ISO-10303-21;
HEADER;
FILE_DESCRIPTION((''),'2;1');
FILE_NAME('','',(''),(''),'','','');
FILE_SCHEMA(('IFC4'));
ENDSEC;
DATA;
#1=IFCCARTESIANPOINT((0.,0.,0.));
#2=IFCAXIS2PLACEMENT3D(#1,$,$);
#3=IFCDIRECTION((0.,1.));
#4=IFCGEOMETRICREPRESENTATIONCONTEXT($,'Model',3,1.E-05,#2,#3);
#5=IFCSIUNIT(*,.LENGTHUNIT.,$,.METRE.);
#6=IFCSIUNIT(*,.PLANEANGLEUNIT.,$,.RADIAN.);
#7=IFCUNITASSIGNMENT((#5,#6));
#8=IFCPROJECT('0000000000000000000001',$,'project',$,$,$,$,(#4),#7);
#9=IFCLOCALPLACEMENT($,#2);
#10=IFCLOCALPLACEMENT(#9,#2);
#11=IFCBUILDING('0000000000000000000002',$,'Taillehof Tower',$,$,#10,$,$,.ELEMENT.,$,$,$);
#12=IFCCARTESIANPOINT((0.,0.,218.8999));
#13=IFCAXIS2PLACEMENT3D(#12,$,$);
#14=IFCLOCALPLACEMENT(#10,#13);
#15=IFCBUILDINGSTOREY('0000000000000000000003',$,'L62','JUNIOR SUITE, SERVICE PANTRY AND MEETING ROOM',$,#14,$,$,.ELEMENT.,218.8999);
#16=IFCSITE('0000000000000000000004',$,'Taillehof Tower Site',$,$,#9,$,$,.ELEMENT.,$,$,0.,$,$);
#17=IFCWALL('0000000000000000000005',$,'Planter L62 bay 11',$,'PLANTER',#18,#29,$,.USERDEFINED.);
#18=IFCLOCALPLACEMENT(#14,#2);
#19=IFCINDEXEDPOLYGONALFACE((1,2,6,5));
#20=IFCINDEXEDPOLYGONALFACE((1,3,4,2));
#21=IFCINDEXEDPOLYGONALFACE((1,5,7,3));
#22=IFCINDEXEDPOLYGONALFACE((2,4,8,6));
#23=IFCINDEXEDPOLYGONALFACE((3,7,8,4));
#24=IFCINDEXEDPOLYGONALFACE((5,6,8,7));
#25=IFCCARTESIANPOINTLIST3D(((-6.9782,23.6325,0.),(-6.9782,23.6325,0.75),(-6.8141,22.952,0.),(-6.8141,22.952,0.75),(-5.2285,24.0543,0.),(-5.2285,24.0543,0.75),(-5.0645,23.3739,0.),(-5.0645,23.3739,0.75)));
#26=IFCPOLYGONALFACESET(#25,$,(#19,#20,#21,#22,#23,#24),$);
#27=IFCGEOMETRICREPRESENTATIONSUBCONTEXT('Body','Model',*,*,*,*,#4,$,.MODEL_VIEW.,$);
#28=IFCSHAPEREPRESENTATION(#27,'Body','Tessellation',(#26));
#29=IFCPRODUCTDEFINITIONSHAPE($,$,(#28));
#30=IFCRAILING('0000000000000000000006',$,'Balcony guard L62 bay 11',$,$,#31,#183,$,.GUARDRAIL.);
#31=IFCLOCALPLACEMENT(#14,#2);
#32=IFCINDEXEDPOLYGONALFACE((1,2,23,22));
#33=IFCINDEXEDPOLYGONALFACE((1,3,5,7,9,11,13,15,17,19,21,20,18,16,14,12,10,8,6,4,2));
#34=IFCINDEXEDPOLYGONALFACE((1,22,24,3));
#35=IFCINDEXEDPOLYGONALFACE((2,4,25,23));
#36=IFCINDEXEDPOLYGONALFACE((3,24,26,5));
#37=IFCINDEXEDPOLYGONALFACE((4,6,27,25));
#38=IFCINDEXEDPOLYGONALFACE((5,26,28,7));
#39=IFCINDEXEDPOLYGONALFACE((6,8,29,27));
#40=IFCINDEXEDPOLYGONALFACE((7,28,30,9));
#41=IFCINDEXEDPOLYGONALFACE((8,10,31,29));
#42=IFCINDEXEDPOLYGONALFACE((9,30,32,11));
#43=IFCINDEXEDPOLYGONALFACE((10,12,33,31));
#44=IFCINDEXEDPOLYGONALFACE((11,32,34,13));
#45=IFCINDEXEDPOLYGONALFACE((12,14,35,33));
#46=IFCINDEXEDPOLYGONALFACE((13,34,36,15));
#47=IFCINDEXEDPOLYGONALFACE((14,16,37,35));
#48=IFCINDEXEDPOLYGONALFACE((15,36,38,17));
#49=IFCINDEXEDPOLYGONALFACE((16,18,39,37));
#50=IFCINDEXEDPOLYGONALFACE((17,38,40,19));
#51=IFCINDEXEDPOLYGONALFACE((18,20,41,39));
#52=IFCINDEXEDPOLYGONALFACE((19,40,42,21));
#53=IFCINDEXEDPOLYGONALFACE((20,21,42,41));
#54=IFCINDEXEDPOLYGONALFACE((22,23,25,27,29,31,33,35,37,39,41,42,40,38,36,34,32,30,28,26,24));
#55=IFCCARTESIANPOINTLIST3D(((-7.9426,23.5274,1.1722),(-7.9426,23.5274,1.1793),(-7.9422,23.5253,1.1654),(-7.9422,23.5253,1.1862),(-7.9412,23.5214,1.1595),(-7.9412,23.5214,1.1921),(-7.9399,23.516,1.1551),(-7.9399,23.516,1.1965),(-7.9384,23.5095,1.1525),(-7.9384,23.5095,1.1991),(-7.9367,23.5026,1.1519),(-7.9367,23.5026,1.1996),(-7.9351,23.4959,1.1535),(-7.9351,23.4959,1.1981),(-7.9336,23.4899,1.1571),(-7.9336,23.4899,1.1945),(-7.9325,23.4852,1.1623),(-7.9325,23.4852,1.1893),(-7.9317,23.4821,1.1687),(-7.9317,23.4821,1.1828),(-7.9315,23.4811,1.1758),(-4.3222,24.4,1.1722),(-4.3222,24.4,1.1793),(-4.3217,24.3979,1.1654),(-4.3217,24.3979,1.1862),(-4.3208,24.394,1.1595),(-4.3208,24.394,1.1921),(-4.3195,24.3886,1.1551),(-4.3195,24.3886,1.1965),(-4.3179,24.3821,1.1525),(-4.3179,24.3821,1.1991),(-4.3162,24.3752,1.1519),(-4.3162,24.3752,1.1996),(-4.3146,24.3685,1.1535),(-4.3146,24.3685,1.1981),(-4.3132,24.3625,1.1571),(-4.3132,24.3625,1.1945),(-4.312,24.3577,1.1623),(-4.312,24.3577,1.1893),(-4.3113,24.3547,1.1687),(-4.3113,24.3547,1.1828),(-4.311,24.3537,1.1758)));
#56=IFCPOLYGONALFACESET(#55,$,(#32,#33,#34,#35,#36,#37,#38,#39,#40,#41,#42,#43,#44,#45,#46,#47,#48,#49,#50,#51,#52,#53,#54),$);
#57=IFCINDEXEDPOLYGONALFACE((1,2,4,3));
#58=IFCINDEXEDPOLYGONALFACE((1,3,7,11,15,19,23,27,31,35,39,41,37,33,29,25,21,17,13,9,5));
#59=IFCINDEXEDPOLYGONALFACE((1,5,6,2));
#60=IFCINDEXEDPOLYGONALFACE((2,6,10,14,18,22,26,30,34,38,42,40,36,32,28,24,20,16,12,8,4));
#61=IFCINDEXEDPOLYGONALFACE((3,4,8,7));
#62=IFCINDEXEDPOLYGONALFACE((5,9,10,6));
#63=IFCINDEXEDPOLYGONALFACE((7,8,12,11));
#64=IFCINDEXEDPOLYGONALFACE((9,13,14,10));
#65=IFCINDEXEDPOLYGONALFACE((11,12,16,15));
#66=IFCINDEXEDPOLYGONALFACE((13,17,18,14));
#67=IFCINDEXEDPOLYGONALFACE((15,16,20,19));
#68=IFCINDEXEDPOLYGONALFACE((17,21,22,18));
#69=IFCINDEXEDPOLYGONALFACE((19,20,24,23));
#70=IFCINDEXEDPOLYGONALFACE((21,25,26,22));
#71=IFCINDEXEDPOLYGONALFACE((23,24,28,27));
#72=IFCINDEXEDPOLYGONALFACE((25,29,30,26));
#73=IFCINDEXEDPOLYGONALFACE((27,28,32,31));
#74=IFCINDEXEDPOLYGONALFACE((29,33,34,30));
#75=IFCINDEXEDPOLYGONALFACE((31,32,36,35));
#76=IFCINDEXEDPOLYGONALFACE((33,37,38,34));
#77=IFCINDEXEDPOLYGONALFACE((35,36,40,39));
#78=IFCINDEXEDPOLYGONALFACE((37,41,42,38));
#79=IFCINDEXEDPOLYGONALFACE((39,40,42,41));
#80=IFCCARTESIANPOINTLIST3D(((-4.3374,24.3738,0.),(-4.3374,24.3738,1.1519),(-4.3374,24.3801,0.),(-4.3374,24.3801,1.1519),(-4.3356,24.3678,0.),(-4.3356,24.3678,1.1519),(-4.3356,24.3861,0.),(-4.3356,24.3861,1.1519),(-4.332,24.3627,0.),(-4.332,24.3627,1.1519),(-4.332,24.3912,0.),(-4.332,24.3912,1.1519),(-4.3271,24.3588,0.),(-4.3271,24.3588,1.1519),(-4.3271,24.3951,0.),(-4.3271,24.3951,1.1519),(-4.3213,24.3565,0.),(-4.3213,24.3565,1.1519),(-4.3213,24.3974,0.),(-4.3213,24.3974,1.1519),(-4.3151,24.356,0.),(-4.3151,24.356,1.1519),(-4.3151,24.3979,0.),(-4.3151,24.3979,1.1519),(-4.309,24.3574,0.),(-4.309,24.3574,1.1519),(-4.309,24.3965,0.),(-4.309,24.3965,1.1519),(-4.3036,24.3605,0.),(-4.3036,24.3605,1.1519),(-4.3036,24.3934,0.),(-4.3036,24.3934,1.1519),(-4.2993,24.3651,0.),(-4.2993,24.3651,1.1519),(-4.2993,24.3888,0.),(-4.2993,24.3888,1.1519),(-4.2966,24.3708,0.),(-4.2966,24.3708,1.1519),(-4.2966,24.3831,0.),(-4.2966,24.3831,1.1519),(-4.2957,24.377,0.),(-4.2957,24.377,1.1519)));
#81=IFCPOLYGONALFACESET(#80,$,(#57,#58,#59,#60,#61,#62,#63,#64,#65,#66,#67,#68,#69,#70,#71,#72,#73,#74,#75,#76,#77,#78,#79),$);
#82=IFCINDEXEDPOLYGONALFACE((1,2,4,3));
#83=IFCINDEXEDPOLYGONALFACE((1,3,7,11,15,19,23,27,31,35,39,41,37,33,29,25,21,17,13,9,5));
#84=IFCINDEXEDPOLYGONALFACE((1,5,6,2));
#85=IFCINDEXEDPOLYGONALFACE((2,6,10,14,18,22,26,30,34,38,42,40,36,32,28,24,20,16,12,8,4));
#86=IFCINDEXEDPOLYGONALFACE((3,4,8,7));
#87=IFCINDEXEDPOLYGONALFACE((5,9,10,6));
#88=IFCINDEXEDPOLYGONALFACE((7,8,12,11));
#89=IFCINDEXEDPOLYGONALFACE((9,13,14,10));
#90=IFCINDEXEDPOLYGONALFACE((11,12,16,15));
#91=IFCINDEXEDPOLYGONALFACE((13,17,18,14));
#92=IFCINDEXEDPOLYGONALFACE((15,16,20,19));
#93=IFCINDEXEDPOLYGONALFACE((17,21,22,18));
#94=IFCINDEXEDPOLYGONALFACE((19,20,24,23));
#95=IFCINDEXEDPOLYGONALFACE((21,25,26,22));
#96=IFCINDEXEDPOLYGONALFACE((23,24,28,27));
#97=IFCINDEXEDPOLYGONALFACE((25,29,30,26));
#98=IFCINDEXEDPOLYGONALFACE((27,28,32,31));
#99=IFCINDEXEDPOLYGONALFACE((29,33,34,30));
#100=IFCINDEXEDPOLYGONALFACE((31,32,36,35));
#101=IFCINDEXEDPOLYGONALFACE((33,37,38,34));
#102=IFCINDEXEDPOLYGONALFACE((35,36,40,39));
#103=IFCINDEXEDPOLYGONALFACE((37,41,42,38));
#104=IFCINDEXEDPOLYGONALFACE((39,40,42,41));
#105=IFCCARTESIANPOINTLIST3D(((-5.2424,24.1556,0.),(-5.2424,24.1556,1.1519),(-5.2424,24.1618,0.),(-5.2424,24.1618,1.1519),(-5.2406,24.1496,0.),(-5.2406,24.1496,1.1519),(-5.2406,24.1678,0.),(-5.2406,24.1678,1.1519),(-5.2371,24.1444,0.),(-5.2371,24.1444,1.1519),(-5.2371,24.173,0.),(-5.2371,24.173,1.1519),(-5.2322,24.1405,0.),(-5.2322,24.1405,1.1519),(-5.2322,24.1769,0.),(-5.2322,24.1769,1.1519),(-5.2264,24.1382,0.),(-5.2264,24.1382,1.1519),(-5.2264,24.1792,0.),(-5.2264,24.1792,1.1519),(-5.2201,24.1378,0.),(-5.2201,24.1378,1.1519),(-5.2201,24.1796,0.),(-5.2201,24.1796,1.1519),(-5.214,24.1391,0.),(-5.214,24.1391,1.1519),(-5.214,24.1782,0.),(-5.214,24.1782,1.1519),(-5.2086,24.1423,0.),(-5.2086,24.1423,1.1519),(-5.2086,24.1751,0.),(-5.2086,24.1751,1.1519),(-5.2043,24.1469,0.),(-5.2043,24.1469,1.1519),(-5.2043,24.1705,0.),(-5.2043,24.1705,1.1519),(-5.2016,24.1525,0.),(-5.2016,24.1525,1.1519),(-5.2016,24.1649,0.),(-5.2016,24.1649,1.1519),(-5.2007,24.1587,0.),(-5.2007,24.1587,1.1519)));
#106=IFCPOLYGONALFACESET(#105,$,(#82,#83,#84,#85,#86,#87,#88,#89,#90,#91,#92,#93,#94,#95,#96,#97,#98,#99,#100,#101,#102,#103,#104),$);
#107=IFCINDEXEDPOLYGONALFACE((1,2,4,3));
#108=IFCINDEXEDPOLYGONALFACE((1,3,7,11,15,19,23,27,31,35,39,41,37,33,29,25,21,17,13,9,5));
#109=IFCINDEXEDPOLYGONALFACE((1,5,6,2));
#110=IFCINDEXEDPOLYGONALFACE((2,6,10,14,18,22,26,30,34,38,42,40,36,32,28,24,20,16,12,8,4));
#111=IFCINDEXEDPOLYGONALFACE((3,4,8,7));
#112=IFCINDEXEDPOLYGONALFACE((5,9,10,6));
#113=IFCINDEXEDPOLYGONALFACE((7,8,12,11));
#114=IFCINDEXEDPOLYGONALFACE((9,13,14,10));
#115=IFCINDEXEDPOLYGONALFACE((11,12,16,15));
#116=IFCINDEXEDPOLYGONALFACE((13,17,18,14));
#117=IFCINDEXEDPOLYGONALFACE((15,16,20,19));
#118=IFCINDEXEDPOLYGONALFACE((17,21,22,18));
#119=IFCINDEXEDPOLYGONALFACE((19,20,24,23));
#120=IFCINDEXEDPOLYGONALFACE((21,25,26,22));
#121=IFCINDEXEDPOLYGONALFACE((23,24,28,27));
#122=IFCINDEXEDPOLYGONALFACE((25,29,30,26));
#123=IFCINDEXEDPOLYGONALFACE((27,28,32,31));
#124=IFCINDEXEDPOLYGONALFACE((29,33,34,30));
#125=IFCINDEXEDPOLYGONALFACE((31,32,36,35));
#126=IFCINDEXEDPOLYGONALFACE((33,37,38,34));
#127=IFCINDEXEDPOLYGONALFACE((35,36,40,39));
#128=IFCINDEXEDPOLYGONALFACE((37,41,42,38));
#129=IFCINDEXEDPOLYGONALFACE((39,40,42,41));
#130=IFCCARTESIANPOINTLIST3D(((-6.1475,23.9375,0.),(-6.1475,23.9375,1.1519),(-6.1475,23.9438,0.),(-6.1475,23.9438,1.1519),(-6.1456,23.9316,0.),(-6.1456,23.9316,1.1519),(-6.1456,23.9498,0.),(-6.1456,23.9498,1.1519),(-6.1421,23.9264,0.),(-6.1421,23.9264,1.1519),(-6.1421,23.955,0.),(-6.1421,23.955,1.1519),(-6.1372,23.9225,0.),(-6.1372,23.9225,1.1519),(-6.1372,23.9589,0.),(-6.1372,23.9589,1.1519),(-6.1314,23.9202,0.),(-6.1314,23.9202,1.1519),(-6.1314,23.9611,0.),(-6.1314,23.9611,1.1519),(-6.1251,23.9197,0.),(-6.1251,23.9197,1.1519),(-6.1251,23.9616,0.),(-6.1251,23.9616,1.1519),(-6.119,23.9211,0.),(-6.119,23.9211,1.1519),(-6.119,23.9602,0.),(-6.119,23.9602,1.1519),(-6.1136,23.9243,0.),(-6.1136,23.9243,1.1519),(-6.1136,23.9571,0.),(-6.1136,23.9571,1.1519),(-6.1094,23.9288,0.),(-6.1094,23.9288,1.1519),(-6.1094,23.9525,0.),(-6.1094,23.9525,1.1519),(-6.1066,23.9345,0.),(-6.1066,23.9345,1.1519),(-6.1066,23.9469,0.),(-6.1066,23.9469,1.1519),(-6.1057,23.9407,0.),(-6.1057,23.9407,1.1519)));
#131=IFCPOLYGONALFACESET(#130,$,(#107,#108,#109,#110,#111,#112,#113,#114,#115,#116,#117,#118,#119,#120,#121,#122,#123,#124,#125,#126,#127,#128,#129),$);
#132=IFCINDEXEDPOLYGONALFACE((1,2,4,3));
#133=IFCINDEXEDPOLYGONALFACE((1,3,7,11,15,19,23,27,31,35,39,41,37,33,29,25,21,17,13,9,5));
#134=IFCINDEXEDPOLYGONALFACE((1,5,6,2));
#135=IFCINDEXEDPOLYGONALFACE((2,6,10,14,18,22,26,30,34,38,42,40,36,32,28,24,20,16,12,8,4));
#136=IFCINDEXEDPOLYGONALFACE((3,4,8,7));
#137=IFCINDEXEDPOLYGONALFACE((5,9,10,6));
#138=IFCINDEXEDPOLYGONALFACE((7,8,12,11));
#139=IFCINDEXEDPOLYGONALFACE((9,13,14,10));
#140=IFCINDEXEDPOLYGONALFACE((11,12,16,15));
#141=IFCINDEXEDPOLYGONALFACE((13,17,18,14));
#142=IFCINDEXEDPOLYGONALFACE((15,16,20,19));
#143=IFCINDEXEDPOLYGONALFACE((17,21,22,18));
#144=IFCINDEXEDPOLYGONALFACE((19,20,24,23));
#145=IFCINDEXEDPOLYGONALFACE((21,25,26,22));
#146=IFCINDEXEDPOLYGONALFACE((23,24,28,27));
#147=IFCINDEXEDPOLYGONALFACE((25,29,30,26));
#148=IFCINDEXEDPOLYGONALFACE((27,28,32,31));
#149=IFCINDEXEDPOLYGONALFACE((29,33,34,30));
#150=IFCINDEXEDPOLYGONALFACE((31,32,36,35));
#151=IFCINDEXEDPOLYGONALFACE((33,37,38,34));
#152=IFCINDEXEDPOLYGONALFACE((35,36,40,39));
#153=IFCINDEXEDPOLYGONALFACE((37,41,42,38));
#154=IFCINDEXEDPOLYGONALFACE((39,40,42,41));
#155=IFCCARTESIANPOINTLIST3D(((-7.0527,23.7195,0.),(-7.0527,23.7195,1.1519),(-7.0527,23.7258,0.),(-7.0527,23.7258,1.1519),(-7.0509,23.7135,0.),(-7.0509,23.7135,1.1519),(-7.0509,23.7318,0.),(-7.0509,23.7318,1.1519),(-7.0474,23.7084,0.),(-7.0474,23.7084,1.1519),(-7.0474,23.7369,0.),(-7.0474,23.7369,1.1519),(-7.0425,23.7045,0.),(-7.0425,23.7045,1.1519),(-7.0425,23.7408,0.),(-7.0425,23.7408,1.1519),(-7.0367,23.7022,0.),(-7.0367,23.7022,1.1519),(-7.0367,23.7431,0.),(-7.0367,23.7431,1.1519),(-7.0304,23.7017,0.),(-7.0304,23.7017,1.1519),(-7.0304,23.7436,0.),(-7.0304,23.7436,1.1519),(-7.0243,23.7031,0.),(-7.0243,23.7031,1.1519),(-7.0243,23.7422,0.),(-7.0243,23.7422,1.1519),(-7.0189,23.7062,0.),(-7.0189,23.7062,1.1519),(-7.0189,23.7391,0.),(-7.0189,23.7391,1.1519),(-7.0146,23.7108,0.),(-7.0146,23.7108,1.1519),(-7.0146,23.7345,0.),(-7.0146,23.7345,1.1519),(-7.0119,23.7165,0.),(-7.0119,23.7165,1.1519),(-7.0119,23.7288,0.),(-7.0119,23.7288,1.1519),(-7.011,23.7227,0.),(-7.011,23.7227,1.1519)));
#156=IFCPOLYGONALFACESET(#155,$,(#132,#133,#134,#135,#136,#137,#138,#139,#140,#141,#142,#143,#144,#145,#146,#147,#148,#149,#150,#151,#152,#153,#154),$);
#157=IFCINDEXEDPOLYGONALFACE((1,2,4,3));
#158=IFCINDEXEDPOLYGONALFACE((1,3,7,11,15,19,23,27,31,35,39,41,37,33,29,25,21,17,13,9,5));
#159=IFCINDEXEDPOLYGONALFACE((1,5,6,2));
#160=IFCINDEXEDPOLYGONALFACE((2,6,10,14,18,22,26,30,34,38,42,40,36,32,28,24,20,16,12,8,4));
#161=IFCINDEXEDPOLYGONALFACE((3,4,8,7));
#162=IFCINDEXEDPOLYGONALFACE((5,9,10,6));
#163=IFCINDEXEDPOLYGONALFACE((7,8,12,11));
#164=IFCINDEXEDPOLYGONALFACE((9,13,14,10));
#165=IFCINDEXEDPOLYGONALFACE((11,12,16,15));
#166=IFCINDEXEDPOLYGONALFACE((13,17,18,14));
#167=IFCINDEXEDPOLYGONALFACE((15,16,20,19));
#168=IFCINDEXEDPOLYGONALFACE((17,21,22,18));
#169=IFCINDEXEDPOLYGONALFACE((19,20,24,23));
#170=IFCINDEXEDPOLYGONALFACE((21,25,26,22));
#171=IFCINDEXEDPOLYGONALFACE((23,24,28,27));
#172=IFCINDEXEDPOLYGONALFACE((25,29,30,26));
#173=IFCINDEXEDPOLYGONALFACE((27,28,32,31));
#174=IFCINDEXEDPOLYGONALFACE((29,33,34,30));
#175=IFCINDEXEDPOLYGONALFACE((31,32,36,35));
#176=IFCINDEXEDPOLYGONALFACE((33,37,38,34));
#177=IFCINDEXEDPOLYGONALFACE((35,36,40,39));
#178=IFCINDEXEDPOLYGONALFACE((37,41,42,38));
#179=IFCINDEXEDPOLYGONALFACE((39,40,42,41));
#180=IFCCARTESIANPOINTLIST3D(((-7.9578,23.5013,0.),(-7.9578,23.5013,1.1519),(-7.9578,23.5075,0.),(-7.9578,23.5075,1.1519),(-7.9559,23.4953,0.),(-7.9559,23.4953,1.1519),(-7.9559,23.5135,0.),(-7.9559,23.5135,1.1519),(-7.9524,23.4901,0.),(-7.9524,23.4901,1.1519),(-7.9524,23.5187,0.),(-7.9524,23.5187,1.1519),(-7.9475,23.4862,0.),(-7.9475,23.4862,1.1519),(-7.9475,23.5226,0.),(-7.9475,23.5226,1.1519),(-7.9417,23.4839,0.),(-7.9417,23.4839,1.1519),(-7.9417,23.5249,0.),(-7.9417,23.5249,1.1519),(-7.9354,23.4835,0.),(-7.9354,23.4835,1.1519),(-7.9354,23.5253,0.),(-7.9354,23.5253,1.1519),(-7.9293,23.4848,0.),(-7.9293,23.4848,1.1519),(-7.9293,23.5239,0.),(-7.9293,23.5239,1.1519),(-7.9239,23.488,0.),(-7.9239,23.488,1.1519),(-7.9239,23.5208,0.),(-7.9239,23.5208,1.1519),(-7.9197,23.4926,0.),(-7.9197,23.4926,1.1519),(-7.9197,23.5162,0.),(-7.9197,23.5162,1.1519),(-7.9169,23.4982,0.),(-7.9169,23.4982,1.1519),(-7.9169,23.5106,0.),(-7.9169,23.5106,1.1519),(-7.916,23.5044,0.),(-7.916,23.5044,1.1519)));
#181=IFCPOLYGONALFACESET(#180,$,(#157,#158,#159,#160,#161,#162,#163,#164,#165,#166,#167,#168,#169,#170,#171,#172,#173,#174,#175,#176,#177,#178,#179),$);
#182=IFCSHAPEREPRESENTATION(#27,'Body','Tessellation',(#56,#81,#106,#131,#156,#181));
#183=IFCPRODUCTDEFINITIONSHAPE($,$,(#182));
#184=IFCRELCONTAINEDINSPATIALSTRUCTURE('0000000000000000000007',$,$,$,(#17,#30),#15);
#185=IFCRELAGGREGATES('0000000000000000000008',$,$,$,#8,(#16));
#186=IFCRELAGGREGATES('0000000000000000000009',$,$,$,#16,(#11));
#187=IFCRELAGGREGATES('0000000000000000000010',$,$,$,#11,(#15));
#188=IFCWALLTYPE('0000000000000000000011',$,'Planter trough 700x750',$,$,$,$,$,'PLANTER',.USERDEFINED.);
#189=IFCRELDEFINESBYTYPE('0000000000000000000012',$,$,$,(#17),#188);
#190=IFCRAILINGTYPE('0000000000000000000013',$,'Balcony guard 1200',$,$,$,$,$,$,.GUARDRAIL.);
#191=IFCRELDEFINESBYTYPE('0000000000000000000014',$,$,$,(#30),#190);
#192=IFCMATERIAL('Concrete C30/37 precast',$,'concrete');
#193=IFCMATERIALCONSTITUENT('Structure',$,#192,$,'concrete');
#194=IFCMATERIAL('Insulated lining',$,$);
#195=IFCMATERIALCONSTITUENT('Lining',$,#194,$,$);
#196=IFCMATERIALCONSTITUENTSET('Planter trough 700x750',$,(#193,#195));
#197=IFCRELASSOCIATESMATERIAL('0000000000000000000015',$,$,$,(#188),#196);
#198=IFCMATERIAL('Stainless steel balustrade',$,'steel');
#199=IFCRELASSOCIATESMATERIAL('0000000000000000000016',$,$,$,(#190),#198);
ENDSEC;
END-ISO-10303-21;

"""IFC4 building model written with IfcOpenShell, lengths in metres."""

from ifc_helpers import new_model, si_unit, direction, frame, frame_2d, origin, origin_2d, place, context, subcontext, project, spatial, rectangle, circle, extrude, material, constituent, constituent_set, type_object, element, save


model = new_model("IFC4")

# Units and contexts
model_context = context("Model", 3, precision=1e-05, world=origin(), true_north=direction((0.0, 1.0)))
body_context = subcontext(model_context, "Body", "Model", "MODEL_VIEW")
ifc_project = project(units=[si_unit("LENGTHUNIT", "METRE"), si_unit("PLANEANGLEUNIT", "RADIAN")], contexts=[model_context])

# Site, building, storey
site_placement = place(None, origin())
site = spatial("IfcSite", under=ifc_project, at=site_placement, Name="Taillehof Tower Site", CompositionType="ELEMENT", RefElevation=0.0)
building_placement = place(site_placement, origin())
building = spatial("IfcBuilding", under=site, at=building_placement, Name="Taillehof Tower", CompositionType="ELEMENT")
storey_placement = place(building_placement, frame((0.0, 0.0, 218.8999)))
storey = spatial("IfcBuildingStorey", under=building, at=storey_placement, Name="L62", Description="JUNIOR SUITE, SERVICE PANTRY AND MEETING ROOM", CompositionType="ELEMENT", Elevation=218.8999)

# Wall
ifc_material_1 = material(Name="Concrete C30/37 precast", Category="concrete")
ifc_constituent_1 = constituent(ifc_material_1, Name="Structure", Category="concrete")
ifc_material_2 = material(Name="Insulated lining")
ifc_constituent_2 = constituent(ifc_material_2, Name="Lining")
ifc_constituent_set = constituent_set(constituents=[ifc_constituent_1, ifc_constituent_2], Name="Planter trough 700x750")
wall_type_1 = type_object("IfcWallType", Name="Planter trough 700x750", ElementType="PLANTER", PredefinedType="USERDEFINED", material=ifc_constituent_set)
wall_1_placement = place(storey_placement, frame((-5.1465, 23.7141, 0.0), z_axis=(0.0, 0.0, 1.0), x_axis=(-0.972143, -0.234389, 0.0)))
element("IfcWall", 1, at=wall_1_placement, inside=storey, type_object=wall_type_1, Name="Planter L62 bay 11", ObjectType="PLANTER", PredefinedType="USERDEFINED", context=body_context, shape_type="SweptSolid", body=[
    extrude(rectangle(XDim=1.7998, YDim=0.7, at=frame_2d((0.8999, 0.0))), origin(), (0.0, 0.0, 1.0), 0.75),
])

# Railing
ifc_material_3 = material(Name="Stainless steel balustrade", Category="steel")
railing_type = type_object("IfcRailingType", Name="Balcony guard 1200", PredefinedType="GUARDRAIL", material=ifc_material_3)
railing_placement = place(storey_placement, frame((-4.3167, 24.377, 0.0)))
element("IfcRailing", 2, at=railing_placement, inside=storey, type_object=railing_type, Name="Balcony guard L62 bay 11", PredefinedType="GUARDRAIL", context=body_context, shape_type="SweptSolid", body=[
    extrude(circle(Radius=0.0239, at=origin_2d()), frame((0.0, 0.0, 1.1758), z_axis=(-0.972163, -0.234305, 0.0), x_axis=(0.234305, -0.972163, 0.0)), (0.0, 0.0, 1.0), 3.7241),
    extrude(circle(Radius=0.021, at=origin_2d()), origin(), (0.0, 0.0, 1.0), 1.1519),
    extrude(circle(Radius=0.021, at=origin_2d()), frame((-0.905, -0.2183, 0.0)), (0.0, 0.0, 1.0), 1.1519),
    extrude(circle(Radius=0.021, at=origin_2d()), frame((-1.8101, -0.4363, 0.0)), (0.0, 0.0, 1.0), 1.1519),
    extrude(circle(Radius=0.021, at=origin_2d()), frame((-2.7153, -0.6543, 0.0)), (0.0, 0.0, 1.0), 1.1519),
    extrude(circle(Radius=0.021, at=origin_2d()), frame((-3.6204, -0.8726, 0.0)), (0.0, 0.0, 1.0), 1.1519),
])

save(model, "model.ifc")
